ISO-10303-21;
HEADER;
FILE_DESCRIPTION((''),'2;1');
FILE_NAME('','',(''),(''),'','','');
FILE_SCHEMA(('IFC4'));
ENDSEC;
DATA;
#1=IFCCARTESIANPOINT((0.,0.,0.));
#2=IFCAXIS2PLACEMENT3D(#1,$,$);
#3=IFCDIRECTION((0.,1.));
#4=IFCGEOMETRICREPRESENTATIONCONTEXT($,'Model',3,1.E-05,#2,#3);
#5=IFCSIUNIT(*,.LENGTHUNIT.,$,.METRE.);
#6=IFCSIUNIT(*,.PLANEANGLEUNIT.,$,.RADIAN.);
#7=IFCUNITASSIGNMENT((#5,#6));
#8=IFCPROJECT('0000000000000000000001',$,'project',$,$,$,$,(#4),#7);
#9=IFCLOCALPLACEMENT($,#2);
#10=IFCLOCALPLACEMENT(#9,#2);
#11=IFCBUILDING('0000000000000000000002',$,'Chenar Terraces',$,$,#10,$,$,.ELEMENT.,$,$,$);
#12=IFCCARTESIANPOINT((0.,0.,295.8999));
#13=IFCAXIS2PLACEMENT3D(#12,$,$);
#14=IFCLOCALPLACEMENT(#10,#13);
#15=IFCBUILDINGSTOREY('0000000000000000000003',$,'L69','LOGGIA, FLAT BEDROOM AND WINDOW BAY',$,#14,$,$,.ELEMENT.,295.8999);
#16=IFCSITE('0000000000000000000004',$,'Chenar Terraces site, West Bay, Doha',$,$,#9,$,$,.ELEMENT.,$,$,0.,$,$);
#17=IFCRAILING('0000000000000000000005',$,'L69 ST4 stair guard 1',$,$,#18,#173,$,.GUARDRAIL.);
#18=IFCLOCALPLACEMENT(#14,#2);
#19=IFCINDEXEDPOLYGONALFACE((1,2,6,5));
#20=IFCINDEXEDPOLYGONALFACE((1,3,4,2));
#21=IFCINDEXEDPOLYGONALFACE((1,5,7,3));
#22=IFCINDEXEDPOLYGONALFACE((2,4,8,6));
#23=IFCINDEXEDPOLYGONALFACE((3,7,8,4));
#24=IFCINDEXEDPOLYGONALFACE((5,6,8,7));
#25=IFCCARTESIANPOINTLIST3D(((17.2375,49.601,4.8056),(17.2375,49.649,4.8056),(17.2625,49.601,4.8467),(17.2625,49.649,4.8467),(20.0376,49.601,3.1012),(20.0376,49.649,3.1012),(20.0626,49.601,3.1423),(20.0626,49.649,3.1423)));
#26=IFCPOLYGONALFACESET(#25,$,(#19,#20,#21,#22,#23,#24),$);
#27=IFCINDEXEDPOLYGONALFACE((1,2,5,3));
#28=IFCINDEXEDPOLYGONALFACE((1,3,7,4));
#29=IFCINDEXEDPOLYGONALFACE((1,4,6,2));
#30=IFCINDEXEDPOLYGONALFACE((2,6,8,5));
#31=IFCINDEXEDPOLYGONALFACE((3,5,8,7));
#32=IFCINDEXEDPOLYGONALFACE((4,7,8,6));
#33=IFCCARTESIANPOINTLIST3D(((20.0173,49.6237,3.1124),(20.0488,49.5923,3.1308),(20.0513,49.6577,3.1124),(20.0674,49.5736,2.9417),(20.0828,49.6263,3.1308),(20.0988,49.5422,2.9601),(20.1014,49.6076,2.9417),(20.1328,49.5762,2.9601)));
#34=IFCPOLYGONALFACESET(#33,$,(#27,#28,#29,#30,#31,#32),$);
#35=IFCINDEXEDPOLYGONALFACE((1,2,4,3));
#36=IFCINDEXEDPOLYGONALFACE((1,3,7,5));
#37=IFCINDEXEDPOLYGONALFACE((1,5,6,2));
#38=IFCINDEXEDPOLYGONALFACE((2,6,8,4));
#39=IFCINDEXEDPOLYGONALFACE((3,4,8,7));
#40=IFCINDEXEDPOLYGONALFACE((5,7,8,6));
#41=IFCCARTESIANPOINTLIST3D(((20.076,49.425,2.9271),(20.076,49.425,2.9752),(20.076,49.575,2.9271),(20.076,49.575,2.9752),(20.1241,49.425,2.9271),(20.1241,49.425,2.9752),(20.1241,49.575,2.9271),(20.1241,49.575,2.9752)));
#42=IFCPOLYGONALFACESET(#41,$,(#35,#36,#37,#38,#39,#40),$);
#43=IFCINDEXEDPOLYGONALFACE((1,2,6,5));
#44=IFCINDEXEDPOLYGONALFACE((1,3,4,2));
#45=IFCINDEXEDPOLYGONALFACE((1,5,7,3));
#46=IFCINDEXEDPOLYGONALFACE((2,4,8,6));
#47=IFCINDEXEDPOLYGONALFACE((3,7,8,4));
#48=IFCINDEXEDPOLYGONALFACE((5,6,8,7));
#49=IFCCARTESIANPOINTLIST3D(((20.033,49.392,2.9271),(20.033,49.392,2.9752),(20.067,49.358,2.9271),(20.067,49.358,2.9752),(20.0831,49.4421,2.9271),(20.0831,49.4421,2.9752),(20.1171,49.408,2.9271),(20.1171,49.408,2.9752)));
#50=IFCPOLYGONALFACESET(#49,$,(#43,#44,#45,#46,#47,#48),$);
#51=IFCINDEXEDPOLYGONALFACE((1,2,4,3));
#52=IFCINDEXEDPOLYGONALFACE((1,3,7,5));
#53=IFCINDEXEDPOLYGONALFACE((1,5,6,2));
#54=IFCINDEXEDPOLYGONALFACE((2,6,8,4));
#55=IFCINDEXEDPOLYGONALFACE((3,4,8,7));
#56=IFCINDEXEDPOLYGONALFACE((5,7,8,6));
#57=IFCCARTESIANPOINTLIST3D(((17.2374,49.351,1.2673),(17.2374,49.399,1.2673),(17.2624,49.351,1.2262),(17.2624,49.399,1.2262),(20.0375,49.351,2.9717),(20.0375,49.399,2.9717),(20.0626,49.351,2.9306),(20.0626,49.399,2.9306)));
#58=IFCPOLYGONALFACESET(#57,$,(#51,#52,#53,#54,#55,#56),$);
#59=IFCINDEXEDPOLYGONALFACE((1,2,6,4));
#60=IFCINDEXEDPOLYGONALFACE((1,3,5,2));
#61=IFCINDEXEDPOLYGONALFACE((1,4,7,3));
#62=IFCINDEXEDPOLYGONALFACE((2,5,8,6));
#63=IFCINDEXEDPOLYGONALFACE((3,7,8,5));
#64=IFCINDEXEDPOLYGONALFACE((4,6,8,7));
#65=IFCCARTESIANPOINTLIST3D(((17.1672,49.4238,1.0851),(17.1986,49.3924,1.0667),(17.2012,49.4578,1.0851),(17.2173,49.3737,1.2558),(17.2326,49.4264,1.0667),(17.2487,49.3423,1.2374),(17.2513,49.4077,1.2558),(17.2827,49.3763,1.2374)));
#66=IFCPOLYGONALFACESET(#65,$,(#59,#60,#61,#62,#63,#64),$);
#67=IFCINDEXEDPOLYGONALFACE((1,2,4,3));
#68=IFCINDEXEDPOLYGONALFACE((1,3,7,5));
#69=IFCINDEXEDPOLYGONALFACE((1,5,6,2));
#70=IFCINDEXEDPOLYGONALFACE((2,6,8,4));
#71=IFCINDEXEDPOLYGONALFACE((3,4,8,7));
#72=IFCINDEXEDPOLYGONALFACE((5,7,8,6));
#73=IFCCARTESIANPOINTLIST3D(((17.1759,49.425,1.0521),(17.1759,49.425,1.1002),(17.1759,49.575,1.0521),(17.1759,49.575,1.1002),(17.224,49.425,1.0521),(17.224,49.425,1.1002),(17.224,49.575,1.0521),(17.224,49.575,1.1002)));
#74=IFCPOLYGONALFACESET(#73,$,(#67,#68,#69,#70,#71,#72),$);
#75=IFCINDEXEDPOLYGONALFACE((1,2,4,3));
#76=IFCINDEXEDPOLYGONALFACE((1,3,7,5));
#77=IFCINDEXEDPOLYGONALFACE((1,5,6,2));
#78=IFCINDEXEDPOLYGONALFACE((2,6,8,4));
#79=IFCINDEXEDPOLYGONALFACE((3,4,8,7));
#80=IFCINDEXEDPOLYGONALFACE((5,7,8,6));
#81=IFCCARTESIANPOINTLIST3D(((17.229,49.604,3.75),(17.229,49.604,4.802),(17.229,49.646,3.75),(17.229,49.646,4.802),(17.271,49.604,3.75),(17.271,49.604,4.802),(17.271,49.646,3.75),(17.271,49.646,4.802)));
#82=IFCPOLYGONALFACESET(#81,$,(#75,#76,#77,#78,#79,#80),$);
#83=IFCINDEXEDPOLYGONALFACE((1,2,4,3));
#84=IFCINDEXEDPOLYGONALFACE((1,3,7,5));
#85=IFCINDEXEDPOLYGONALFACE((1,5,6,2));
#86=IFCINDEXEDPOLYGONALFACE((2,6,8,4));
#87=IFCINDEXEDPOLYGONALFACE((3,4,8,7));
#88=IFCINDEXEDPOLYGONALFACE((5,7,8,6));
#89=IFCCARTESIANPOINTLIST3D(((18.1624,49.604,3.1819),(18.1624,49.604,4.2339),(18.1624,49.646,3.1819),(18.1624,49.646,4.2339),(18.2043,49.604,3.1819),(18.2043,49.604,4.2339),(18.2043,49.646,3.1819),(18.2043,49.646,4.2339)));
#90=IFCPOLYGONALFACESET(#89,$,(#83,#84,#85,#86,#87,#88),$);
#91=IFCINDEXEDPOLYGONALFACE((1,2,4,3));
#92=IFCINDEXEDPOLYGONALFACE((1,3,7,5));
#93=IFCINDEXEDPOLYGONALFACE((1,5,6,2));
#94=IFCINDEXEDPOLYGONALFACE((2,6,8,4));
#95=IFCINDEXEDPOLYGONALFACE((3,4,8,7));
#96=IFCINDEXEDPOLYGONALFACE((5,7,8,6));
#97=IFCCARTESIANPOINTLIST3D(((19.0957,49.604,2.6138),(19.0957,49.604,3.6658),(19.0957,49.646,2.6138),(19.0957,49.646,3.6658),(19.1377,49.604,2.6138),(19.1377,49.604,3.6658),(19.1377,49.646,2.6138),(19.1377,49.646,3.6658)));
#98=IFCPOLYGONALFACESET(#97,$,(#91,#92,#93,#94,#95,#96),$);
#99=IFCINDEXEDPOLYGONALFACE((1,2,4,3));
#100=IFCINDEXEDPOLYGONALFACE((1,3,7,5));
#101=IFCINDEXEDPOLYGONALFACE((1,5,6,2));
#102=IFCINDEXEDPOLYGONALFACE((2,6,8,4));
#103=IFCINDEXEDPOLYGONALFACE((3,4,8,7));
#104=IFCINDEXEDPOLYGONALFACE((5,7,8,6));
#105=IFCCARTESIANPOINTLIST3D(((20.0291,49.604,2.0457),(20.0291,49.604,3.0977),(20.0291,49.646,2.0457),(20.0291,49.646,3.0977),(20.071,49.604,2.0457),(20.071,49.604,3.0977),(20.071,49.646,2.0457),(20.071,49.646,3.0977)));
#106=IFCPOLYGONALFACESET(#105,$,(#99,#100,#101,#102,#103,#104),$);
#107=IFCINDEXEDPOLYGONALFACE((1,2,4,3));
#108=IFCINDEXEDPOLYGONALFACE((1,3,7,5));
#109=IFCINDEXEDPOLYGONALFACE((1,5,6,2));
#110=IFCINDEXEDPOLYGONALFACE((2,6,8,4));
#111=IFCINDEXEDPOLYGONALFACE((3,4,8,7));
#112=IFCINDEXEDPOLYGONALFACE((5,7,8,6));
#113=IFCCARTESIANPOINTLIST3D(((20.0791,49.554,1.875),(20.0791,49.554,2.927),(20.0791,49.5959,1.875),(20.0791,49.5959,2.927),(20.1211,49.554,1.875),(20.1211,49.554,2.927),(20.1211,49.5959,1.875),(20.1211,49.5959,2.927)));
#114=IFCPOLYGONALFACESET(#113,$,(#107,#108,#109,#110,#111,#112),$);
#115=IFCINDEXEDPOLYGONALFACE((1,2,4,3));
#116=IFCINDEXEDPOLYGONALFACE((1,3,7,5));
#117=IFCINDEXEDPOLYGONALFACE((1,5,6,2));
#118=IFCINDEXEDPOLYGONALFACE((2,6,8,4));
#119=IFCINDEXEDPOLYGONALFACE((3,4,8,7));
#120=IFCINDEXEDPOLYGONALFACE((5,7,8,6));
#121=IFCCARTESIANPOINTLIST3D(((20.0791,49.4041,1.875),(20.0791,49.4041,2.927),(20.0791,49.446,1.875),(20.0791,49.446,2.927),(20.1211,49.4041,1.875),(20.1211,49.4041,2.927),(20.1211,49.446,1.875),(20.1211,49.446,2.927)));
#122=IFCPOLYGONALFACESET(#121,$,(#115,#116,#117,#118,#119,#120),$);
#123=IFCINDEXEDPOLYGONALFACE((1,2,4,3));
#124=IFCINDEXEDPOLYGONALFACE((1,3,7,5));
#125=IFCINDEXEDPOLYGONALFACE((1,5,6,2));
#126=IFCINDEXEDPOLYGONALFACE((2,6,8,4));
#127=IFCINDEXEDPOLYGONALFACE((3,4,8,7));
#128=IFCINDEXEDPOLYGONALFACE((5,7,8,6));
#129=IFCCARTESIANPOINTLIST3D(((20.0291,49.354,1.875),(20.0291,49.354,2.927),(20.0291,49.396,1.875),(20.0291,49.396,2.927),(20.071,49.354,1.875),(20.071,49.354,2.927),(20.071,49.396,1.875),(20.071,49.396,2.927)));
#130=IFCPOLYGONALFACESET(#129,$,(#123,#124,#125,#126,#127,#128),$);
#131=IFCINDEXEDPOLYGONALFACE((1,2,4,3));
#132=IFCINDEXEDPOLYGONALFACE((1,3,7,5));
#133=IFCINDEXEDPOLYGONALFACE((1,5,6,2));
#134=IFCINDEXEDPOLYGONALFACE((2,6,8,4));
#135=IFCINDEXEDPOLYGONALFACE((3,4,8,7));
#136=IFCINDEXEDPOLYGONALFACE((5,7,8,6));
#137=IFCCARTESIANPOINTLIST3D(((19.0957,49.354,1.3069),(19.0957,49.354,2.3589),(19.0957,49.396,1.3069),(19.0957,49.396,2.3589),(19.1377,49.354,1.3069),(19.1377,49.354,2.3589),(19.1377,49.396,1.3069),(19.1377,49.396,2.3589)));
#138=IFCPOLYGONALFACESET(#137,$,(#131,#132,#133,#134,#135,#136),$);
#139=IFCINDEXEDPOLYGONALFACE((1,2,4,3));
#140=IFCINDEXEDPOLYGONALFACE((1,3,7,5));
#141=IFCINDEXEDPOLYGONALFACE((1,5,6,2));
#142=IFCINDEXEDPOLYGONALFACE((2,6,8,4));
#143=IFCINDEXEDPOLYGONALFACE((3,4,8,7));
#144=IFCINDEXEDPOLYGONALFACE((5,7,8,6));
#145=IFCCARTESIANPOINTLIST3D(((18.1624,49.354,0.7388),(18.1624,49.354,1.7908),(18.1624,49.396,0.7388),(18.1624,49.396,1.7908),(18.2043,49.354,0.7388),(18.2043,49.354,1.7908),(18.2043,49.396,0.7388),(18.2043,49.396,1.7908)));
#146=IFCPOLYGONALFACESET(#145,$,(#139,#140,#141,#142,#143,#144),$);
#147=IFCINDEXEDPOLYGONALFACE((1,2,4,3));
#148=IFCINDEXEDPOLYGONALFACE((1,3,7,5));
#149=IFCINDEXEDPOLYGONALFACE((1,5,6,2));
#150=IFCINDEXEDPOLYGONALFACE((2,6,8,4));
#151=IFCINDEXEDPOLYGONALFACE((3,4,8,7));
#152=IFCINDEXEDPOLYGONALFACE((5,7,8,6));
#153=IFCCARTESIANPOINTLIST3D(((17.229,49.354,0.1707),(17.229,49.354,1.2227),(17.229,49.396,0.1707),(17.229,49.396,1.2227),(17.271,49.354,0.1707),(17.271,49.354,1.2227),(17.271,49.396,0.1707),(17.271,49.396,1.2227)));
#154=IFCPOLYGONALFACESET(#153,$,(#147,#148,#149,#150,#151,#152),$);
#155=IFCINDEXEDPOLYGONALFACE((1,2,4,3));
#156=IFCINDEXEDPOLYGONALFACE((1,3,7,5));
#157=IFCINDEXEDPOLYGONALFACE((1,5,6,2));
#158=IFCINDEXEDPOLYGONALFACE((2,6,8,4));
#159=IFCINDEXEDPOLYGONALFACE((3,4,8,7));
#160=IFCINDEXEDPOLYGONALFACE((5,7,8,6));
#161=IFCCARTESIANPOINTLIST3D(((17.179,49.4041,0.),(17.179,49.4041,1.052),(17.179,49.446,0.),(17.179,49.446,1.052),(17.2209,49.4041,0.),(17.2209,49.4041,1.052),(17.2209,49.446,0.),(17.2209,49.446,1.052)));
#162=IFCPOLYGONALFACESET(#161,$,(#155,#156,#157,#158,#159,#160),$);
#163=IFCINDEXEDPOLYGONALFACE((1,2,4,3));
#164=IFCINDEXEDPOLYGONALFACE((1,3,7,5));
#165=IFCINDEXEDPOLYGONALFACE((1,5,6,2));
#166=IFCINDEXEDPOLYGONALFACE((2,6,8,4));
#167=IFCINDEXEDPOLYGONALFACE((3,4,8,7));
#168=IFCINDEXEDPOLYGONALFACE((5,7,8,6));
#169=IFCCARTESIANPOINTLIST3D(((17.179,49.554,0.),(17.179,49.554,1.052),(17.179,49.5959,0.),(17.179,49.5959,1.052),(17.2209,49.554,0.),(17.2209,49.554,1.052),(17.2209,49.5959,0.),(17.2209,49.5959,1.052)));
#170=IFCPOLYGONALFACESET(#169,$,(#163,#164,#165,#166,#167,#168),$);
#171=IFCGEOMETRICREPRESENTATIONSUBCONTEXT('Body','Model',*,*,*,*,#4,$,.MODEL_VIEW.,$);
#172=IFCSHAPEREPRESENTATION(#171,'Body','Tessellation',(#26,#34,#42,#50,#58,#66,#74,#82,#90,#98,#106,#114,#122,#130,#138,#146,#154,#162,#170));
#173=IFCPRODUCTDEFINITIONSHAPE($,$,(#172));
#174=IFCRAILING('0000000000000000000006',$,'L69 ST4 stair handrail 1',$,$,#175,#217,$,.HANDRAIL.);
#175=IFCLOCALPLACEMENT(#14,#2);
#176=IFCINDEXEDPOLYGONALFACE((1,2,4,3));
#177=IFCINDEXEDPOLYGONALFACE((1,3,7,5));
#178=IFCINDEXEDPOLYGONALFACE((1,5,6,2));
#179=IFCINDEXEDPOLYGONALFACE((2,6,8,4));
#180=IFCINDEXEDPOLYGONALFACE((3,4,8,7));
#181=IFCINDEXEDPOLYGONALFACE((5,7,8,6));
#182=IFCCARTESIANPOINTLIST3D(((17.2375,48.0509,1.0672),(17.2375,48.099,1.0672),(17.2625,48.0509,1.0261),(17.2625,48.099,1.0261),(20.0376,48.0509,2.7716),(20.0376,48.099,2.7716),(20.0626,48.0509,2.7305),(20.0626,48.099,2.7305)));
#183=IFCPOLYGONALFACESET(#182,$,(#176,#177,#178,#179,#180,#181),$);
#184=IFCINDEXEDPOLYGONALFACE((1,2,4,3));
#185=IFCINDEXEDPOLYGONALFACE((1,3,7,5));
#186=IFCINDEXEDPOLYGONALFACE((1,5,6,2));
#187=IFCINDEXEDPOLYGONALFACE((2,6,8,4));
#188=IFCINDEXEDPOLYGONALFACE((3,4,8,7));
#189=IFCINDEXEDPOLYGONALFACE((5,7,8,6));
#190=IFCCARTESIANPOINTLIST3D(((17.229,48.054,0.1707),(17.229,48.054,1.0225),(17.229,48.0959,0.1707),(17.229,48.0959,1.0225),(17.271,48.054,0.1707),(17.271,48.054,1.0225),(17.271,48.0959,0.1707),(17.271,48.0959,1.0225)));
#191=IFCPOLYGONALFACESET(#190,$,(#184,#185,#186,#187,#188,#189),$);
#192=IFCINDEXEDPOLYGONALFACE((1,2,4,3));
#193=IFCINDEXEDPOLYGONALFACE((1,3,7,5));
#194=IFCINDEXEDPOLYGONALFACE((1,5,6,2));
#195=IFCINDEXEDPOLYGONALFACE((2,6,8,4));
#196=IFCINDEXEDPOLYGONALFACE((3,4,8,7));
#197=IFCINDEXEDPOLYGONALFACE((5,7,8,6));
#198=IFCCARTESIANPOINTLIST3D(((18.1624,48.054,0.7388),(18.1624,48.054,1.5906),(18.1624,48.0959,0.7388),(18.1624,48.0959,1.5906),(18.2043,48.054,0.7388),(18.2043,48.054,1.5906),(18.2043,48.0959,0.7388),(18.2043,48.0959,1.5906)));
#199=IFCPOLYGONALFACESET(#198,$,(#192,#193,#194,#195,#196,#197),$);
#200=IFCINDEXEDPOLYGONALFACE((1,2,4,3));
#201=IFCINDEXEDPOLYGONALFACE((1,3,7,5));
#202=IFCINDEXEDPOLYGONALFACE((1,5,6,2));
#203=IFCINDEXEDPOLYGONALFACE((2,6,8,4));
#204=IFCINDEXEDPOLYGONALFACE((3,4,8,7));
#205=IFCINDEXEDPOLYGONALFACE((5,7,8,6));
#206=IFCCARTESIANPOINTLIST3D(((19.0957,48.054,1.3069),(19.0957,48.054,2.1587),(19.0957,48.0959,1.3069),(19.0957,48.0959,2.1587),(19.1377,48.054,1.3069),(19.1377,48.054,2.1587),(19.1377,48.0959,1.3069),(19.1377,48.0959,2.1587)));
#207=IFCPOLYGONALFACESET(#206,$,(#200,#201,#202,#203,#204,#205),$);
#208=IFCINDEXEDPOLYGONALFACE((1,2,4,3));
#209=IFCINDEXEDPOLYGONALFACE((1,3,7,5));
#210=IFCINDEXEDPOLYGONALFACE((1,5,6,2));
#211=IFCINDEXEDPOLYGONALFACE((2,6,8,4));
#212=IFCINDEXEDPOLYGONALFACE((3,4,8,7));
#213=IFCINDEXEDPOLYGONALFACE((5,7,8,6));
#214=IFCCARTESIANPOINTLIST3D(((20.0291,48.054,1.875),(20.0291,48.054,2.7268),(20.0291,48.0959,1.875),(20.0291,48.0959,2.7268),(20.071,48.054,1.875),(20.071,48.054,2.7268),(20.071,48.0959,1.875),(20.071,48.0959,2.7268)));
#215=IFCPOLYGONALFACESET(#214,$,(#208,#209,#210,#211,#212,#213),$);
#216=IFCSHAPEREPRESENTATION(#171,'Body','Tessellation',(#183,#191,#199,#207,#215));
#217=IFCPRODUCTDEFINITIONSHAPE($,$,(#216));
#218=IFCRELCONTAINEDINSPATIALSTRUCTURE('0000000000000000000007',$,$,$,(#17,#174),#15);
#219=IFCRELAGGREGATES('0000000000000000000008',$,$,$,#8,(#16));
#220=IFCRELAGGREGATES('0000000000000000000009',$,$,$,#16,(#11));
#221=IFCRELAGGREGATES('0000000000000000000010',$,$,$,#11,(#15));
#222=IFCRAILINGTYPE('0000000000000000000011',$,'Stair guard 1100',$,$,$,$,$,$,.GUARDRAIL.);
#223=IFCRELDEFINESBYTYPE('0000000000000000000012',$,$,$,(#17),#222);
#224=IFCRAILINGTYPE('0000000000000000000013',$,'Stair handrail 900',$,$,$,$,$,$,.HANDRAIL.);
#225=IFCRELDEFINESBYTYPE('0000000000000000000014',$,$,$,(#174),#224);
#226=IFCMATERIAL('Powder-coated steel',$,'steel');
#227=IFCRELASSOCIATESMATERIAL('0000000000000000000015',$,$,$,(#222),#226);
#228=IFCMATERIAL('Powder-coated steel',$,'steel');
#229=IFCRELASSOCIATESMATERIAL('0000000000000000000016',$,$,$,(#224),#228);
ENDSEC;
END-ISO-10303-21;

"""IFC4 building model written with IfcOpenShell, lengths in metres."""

from ifc_helpers import new_model, si_unit, direction, frame, origin, origin_2d, place, context, subcontext, project, spatial, rectangle, extrude, material, type_object, element, save


model = new_model("IFC4")

# Units and contexts
model_context = context("Model", 3, precision=1e-05, world=origin(), true_north=direction((0.0, 1.0)))
body_context = subcontext(model_context, "Body", "Model", "MODEL_VIEW")
ifc_project = project(units=[si_unit("LENGTHUNIT", "METRE"), si_unit("PLANEANGLEUNIT", "RADIAN")], contexts=[model_context])

# Site, building, storey
site_placement = place(None, origin())
site = spatial("IfcSite", under=ifc_project, at=site_placement, Name="Chenar Terraces site, West Bay, Doha", CompositionType="ELEMENT", RefElevation=0.0)
building_placement = place(site_placement, origin())
building = spatial("IfcBuilding", under=site, at=building_placement, Name="Chenar Terraces", CompositionType="ELEMENT")
storey_placement = place(building_placement, frame((0.0, 0.0, 295.8999)))
storey = spatial("IfcBuildingStorey", under=building, at=storey_placement, Name="L69", Description="LOGGIA, FLAT BEDROOM AND WINDOW BAY", CompositionType="ELEMENT", Elevation=295.8999)

# Railings
ifc_material_1 = material(Name="Powder-coated steel", Category="steel")
railing_type_1 = type_object("IfcRailingType", Name="Stair guard 1100", PredefinedType="GUARDRAIL", material=ifc_material_1)
railing_1_placement = place(storey_placement, frame((17.25, 49.625, 3.75)))
element("IfcRailing", 1, at=railing_1_placement, inside=storey, type_object=railing_type_1, Name="L69 ST4 stair guard 1", PredefinedType="GUARDRAIL", context=body_context, shape_type="SweptSolid", body=[
    extrude(rectangle(XDim=0.0481, YDim=0.0481, at=origin_2d()), frame((0.0, 0.0, 1.0762), z_axis=(0.854203, 0.0, -0.51994), x_axis=(0.0, 1.0, 0.0)), (0.0, 0.0, 1.0), 3.2781),
    extrude(rectangle(XDim=0.0481, YDim=0.0481, at=origin_2d()), frame((2.8, 0.0, -0.6284), z_axis=(0.2709, -0.2709, -0.923703), x_axis=(0.707107, 0.707107, 0.0)), (0.0, 0.0, 1.0), 0.1848),
    extrude(rectangle(XDim=0.0481, YDim=0.0481, at=origin_2d()), frame((2.8501, -0.05, -0.7988), z_axis=(0.0, -1.0, 0.0), x_axis=(1.0, 0.0, 0.0)), (0.0, 0.0, 1.0), 0.1499),
    extrude(rectangle(XDim=0.0481, YDim=0.0481, at=origin_2d()), frame((2.8501, -0.2, -0.7988), z_axis=(-0.707107, -0.707107, 0.0), x_axis=(0.707107, -0.707107, 0.0)), (0.0, 0.0, 1.0), 0.0708),
    extrude(rectangle(XDim=0.0481, YDim=0.0481, at=origin_2d()), frame((2.8, -0.25, -0.7988), z_axis=(-0.854203, 0.0, -0.51994), x_axis=(0.0, -1.0, 0.0)), (0.0, 0.0, 1.0), 3.2781),
    extrude(rectangle(XDim=0.0481, YDim=0.0481, at=origin_2d()), frame((0.0, -0.25, -2.5034), z_axis=(-0.2709, 0.2709, -0.923703), x_axis=(-0.707107, -0.707107, 0.0)), (0.0, 0.0, 1.0), 0.1848),
    extrude(rectangle(XDim=0.0481, YDim=0.0481, at=origin_2d()), frame((-0.05, -0.2, -2.6738), z_axis=(0.0, 1.0, 0.0), x_axis=(-1.0, 0.0, 0.0)), (0.0, 0.0, 1.0), 0.1499),
    extrude(rectangle(XDim=0.042, YDim=0.042, at=origin_2d()), origin(), (0.0, 0.0, 1.0), 1.052),
    extrude(rectangle(XDim=0.042, YDim=0.042, at=origin_2d()), frame((0.9333, 0.0, -0.5681)), (0.0, 0.0, 1.0), 1.052),
    extrude(rectangle(XDim=0.042, YDim=0.042, at=origin_2d()), frame((1.8667, 0.0, -1.1362)), (0.0, 0.0, 1.0), 1.052),
    extrude(rectangle(XDim=0.042, YDim=0.042, at=origin_2d()), frame((2.8, 0.0, -1.7043)), (0.0, 0.0, 1.0), 1.052),
    extrude(rectangle(XDim=0.042, YDim=0.042, at=origin_2d()), frame((2.8501, -0.05, -1.875)), (0.0, 0.0, 1.0), 1.052),
    extrude(rectangle(XDim=0.042, YDim=0.042, at=origin_2d()), frame((2.8501, -0.2, -1.875)), (0.0, 0.0, 1.0), 1.052),
    extrude(rectangle(XDim=0.042, YDim=0.042, at=origin_2d()), frame((2.8, -0.25, -1.875)), (0.0, 0.0, 1.0), 1.052),
    extrude(rectangle(XDim=0.042, YDim=0.042, at=origin_2d()), frame((1.8667, -0.25, -2.4431)), (0.0, 0.0, 1.0), 1.052),
    extrude(rectangle(XDim=0.042, YDim=0.042, at=origin_2d()), frame((0.9333, -0.25, -3.0112)), (0.0, 0.0, 1.0), 1.052),
    extrude(rectangle(XDim=0.042, YDim=0.042, at=origin_2d()), frame((0.0, -0.25, -3.5793)), (0.0, 0.0, 1.0), 1.052),
    extrude(rectangle(XDim=0.042, YDim=0.042, at=origin_2d()), frame((-0.05, -0.2, -3.75)), (0.0, 0.0, 1.0), 1.052),
    extrude(rectangle(XDim=0.042, YDim=0.042, at=origin_2d()), frame((-0.05, -0.05, -3.75)), (0.0, 0.0, 1.0), 1.052),
])
ifc_material_2 = material(Name="Powder-coated steel", Category="steel")
railing_type_2 = type_object("IfcRailingType", Name="Stair handrail 900", PredefinedType="HANDRAIL", material=ifc_material_2)
railing_2_placement = place(storey_placement, frame((17.25, 48.075, 0.1707)))
element("IfcRailing", 2, at=railing_2_placement, inside=storey, type_object=railing_type_2, Name="L69 ST4 stair handrail 1", PredefinedType="HANDRAIL", context=body_context, shape_type="SweptSolid", body=[
    extrude(rectangle(XDim=0.0481, YDim=0.0481, at=origin_2d()), frame((0.0, 0.0, 0.876), z_axis=(0.854203, 0.0, 0.51994), x_axis=(0.0, 1.0, 0.0)), (0.0, 0.0, 1.0), 3.2781),
    extrude(rectangle(XDim=0.042, YDim=0.042, at=origin_2d()), origin(), (0.0, 0.0, 1.0), 0.8518),
    extrude(rectangle(XDim=0.042, YDim=0.042, at=origin_2d()), frame((0.9333, 0.0, 0.5681)), (0.0, 0.0, 1.0), 0.8518),
    extrude(rectangle(XDim=0.042, YDim=0.042, at=origin_2d()), frame((1.8667, 0.0, 1.1362)), (0.0, 0.0, 1.0), 0.8518),
    extrude(rectangle(XDim=0.042, YDim=0.042, at=origin_2d()), frame((2.8, 0.0, 1.7043)), (0.0, 0.0, 1.0), 0.8518),
])

save(model, "model.ifc")
